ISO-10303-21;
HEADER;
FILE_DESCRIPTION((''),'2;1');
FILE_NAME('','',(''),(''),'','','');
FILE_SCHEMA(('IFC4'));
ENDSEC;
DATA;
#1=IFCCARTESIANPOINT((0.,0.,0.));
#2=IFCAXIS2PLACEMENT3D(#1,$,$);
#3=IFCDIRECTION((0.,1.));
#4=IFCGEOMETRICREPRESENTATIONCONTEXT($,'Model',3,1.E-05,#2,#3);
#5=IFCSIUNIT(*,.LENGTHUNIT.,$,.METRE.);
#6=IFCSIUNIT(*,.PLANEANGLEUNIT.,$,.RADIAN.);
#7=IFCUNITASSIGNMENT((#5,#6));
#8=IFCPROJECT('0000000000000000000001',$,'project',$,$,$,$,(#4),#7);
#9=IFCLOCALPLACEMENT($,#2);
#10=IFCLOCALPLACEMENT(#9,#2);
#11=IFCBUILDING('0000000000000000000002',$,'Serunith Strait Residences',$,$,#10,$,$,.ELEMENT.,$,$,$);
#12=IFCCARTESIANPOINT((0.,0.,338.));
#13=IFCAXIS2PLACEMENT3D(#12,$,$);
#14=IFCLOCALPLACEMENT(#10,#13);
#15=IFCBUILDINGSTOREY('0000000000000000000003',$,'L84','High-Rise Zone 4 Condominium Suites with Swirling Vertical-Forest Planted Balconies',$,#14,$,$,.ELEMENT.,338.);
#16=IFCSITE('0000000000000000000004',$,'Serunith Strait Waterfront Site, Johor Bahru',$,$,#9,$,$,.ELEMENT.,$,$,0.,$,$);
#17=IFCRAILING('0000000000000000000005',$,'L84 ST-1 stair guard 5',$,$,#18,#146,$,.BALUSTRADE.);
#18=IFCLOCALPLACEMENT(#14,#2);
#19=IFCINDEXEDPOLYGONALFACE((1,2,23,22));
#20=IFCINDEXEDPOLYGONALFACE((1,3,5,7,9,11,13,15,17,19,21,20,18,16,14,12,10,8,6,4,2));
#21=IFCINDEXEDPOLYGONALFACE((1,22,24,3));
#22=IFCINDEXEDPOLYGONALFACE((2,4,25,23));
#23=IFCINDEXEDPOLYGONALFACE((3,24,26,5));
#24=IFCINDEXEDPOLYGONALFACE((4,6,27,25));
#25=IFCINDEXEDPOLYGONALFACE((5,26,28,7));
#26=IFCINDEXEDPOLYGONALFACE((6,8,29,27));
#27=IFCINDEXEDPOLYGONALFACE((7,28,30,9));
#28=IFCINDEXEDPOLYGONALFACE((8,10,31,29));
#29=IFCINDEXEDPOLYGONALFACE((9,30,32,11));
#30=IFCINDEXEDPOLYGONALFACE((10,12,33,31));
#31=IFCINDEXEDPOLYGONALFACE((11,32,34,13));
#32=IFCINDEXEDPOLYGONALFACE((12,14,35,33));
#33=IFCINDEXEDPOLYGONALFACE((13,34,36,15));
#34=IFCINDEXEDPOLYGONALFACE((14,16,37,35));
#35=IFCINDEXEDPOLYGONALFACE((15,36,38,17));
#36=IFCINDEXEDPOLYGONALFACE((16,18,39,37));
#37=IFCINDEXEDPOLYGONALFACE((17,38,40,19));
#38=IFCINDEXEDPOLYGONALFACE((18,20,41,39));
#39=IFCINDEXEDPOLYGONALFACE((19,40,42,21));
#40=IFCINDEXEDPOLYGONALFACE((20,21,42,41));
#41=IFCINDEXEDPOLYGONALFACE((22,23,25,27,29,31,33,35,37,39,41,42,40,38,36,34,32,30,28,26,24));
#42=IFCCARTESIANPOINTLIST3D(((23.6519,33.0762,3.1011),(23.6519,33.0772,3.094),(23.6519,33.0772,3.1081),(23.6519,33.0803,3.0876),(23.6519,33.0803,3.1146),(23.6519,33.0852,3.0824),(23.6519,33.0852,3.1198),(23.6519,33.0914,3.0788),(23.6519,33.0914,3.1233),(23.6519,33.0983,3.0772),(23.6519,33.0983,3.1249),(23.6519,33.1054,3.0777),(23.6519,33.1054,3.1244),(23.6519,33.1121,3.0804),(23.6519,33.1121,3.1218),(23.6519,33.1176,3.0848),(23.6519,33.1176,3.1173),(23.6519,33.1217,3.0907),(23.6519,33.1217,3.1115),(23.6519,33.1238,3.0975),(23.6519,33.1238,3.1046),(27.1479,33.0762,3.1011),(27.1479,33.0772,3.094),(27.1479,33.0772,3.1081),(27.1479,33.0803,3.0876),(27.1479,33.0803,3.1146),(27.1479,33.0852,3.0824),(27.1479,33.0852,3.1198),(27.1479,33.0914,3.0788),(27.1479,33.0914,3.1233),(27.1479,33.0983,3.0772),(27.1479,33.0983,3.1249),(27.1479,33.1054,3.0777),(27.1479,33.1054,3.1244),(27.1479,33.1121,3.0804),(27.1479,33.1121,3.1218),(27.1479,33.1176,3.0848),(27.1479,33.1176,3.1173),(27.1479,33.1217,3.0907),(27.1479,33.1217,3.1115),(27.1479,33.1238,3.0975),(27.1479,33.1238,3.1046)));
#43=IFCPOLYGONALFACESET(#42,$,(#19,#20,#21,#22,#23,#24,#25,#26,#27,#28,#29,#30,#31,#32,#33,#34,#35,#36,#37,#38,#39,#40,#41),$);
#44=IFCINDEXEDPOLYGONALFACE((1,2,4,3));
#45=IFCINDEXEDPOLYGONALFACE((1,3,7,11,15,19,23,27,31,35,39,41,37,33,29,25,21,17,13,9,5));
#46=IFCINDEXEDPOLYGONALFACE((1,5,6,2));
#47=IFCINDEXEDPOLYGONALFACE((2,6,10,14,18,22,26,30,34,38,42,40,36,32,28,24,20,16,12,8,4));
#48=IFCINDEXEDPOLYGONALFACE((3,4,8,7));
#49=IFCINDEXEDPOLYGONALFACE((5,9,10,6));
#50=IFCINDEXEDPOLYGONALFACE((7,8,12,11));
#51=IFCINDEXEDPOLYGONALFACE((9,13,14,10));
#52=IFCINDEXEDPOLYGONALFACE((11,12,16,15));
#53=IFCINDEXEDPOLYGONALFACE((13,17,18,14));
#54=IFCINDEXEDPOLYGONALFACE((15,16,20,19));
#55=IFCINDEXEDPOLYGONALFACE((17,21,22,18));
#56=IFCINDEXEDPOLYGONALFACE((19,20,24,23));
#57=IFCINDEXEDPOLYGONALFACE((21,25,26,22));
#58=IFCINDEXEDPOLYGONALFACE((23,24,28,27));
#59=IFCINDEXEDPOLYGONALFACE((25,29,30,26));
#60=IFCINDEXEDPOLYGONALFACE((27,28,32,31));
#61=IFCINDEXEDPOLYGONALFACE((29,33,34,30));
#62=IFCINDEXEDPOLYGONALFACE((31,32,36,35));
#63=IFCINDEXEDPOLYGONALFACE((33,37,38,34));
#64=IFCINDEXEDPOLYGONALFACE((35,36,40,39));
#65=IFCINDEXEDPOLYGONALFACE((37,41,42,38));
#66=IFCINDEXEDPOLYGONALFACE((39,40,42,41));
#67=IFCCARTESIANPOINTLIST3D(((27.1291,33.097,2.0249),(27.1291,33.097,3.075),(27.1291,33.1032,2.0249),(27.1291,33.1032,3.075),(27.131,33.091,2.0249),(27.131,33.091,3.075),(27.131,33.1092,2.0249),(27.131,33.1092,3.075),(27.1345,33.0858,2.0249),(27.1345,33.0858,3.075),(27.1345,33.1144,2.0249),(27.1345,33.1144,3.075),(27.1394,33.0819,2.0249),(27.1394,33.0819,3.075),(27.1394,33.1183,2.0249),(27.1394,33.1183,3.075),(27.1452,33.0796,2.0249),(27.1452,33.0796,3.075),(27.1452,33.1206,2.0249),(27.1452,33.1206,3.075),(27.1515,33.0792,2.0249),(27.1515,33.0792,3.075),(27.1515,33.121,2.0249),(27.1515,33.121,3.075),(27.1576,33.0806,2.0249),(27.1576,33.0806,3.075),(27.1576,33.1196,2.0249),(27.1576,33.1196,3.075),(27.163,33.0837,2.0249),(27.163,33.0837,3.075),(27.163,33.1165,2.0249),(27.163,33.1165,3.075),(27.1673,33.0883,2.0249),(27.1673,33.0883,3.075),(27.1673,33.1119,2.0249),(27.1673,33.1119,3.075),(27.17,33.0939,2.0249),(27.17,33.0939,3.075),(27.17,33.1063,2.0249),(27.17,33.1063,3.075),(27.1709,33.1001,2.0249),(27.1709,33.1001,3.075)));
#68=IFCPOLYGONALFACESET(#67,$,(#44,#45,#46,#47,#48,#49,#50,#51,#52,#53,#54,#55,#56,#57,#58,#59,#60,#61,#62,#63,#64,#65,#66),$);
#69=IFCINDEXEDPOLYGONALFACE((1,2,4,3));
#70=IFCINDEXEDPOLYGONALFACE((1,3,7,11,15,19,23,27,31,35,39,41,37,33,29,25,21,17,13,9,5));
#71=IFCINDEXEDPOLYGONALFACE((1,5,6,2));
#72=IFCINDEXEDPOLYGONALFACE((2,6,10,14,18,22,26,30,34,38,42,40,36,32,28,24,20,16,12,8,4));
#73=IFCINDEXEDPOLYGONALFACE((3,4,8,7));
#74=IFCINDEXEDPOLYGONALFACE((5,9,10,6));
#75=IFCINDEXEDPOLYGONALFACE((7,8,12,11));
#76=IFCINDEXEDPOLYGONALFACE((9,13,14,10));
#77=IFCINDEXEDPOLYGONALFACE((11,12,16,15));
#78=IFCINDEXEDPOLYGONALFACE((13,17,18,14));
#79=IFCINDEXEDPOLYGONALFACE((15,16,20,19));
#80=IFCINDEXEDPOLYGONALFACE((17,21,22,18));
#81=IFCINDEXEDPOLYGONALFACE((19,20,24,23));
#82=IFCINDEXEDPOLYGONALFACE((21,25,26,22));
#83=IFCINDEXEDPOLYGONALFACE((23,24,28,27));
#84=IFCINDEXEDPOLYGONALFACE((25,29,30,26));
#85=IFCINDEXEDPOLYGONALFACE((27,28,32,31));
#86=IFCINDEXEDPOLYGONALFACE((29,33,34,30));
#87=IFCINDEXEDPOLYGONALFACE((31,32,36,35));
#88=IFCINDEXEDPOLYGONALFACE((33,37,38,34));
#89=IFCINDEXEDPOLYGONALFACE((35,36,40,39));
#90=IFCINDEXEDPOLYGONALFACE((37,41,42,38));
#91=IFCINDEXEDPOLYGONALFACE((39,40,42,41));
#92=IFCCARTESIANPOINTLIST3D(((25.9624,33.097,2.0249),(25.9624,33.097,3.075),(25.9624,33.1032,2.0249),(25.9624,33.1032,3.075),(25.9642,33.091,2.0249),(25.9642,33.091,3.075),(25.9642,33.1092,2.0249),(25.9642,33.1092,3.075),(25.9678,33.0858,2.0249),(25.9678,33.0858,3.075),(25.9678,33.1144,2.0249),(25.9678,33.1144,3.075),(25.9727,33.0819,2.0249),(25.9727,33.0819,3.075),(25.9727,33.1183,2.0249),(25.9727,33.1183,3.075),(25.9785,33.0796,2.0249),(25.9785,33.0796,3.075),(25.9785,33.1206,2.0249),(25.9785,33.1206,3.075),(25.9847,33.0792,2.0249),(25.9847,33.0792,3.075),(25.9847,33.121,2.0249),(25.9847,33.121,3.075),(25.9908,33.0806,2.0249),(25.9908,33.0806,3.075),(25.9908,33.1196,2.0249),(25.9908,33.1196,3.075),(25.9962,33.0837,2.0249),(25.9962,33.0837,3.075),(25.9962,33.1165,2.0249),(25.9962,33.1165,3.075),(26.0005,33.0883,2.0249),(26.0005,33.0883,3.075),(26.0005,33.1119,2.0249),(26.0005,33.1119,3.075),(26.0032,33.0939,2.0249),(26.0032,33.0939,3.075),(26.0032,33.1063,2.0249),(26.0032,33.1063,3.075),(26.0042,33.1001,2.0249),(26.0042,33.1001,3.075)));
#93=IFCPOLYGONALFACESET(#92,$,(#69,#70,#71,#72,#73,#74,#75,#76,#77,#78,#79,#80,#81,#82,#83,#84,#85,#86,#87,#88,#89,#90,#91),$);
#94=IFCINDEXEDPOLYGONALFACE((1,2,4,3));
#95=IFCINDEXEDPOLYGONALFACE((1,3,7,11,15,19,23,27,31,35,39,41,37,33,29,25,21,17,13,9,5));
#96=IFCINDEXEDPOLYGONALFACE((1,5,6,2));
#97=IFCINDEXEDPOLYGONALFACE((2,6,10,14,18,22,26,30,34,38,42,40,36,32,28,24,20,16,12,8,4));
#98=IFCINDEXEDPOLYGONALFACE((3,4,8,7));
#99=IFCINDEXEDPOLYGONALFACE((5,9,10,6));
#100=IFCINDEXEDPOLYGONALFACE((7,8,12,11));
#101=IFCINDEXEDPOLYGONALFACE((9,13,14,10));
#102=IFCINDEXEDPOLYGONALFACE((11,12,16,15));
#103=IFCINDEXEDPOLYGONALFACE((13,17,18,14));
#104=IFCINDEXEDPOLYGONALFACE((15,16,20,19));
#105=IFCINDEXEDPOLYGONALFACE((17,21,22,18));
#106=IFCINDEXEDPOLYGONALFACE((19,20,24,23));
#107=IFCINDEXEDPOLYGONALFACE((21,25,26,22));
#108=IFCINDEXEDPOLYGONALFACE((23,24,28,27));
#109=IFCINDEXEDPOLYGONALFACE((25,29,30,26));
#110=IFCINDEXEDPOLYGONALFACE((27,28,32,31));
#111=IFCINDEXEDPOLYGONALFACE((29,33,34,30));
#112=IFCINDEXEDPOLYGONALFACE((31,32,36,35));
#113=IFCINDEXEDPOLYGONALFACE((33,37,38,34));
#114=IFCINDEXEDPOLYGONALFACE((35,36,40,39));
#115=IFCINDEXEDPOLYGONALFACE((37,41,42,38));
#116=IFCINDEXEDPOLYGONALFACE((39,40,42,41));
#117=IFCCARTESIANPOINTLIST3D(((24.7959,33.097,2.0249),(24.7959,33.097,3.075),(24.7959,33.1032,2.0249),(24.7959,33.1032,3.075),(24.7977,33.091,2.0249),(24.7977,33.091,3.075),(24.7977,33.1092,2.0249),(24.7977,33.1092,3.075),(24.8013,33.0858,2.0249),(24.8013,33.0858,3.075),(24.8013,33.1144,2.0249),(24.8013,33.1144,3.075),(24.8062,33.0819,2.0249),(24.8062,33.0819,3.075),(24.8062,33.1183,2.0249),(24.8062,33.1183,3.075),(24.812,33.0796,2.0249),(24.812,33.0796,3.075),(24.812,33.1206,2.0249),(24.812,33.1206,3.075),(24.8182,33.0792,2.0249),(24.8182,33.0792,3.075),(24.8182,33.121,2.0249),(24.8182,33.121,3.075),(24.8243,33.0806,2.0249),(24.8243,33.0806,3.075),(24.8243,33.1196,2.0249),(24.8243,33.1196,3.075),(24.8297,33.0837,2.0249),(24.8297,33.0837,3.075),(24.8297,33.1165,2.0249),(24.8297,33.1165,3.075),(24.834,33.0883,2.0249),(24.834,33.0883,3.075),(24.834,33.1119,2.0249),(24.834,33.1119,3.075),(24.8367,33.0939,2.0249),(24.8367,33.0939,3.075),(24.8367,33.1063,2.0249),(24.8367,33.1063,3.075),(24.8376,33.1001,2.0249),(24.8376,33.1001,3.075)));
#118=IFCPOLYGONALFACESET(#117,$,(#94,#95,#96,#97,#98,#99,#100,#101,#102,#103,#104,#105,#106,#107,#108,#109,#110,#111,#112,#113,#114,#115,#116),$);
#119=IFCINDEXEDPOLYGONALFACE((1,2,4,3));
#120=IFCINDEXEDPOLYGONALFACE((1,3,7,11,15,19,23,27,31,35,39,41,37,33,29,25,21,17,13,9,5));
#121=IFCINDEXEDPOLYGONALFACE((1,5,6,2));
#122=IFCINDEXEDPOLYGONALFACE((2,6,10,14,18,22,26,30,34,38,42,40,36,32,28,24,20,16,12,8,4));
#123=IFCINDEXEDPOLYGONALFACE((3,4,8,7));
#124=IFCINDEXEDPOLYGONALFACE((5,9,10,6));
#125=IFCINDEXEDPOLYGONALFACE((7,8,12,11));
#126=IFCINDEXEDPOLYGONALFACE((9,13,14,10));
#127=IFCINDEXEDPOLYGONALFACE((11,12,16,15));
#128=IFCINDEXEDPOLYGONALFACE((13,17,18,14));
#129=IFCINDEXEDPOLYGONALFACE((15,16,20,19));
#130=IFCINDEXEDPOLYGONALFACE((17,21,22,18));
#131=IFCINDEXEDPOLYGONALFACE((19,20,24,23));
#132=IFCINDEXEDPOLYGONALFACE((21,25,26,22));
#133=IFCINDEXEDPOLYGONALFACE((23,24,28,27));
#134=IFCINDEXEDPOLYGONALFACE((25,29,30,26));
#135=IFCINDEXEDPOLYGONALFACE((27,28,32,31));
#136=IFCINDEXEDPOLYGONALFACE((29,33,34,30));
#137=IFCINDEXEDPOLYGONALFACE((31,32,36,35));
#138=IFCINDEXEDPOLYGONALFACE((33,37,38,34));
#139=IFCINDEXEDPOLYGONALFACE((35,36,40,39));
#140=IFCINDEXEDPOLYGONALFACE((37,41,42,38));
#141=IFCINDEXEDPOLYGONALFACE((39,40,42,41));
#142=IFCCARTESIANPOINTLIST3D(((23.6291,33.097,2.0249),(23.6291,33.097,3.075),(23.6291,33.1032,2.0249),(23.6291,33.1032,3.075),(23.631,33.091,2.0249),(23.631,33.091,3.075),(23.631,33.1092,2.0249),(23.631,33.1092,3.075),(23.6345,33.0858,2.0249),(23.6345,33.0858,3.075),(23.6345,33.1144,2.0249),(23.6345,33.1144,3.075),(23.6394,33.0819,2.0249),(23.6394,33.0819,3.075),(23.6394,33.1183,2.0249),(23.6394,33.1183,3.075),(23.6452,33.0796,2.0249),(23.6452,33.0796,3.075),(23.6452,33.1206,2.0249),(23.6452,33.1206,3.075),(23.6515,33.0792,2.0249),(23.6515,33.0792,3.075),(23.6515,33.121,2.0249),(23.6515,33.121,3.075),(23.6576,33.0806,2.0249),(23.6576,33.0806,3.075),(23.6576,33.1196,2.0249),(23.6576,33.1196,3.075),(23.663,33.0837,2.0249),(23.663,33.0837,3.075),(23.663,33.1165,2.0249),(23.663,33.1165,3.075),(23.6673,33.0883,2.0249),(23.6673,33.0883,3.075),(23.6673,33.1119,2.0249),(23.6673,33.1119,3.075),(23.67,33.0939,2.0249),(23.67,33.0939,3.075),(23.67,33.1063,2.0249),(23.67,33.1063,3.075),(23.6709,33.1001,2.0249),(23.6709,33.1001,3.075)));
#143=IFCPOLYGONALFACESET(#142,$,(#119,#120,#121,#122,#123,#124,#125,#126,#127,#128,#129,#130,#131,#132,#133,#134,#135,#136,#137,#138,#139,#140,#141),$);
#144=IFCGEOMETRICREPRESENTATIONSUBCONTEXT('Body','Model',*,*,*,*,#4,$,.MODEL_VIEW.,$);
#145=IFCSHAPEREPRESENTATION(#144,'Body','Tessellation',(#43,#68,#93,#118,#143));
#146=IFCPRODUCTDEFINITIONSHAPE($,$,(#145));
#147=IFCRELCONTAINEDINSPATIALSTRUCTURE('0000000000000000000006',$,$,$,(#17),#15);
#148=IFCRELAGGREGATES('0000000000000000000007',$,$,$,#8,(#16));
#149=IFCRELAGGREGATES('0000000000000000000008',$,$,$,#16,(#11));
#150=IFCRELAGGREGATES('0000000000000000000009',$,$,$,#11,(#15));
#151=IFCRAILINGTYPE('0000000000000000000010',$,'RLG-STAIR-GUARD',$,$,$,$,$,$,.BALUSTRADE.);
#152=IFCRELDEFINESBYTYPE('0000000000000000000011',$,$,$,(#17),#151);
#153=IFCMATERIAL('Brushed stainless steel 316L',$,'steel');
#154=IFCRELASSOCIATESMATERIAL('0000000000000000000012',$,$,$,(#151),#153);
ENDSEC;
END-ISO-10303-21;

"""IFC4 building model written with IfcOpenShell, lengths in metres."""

from ifc_helpers import new_model, si_unit, direction, frame, origin, origin_2d, place, context, subcontext, project, spatial, circle, extrude, material, type_object, element, save


model = new_model("IFC4")

# Units and contexts
model_context = context("Model", 3, precision=1e-05, world=origin(), true_north=direction((0.0, 1.0)))
body_context = subcontext(model_context, "Body", "Model", "MODEL_VIEW")
ifc_project = project(units=[si_unit("LENGTHUNIT", "METRE"), si_unit("PLANEANGLEUNIT", "RADIAN")], contexts=[model_context])

# Site, building, storey
site_placement = place(None, origin())
site = spatial("IfcSite", under=ifc_project, at=site_placement, Name="Serunith Strait Waterfront Site, Johor Bahru", CompositionType="ELEMENT", RefElevation=0.0)
building_placement = place(site_placement, origin())
building = spatial("IfcBuilding", under=site, at=building_placement, Name="Serunith Strait Residences", CompositionType="ELEMENT")
storey_placement = place(building_placement, frame((0.0, 0.0, 338.0)))
storey = spatial("IfcBuildingStorey", under=building, at=storey_placement, Name="L84", Description="High-Rise Zone 4 Condominium Suites with Swirling Vertical-Forest Planted Balconies", CompositionType="ELEMENT", Elevation=338.0)

# Railing
ifc_material_1 = material(Name="Brushed stainless steel 316L", Category="steel")
railing_type_1 = type_object("IfcRailingType", Name="RLG-STAIR-GUARD", PredefinedType="BALUSTRADE", material=ifc_material_1)
railing_1_placement = place(storey_placement, frame((27.1499, 33.1001, 2.0249)))
element("IfcRailing", 1, at=railing_1_placement, inside=storey, type_object=railing_type_1, Name="L84 ST-1 stair guard 5", PredefinedType="BALUSTRADE", context=body_context, shape_type="SweptSolid", body=[
    extrude(circle(Radius=0.0239, at=origin_2d()), frame((-0.002, 0.0, 1.0762), z_axis=(-1.0, 0.0, 0.0), x_axis=(0.0, -1.0, 0.0)), (0.0, 0.0, 1.0), 3.4961),
    extrude(circle(Radius=0.021, at=origin_2d()), origin(), (0.0, 0.0, 1.0), 1.05),
    extrude(circle(Radius=0.021, at=origin_2d()), frame((-1.1667, 0.0, 0.0)), (0.0, 0.0, 1.0), 1.05),
    extrude(circle(Radius=0.021, at=origin_2d()), frame((-2.3333, 0.0, 0.0)), (0.0, 0.0, 1.0), 1.05),
    extrude(circle(Radius=0.021, at=origin_2d()), frame((-3.5, 0.0, 0.0)), (0.0, 0.0, 1.0), 1.05),
])

save(model, "model.ifc")
